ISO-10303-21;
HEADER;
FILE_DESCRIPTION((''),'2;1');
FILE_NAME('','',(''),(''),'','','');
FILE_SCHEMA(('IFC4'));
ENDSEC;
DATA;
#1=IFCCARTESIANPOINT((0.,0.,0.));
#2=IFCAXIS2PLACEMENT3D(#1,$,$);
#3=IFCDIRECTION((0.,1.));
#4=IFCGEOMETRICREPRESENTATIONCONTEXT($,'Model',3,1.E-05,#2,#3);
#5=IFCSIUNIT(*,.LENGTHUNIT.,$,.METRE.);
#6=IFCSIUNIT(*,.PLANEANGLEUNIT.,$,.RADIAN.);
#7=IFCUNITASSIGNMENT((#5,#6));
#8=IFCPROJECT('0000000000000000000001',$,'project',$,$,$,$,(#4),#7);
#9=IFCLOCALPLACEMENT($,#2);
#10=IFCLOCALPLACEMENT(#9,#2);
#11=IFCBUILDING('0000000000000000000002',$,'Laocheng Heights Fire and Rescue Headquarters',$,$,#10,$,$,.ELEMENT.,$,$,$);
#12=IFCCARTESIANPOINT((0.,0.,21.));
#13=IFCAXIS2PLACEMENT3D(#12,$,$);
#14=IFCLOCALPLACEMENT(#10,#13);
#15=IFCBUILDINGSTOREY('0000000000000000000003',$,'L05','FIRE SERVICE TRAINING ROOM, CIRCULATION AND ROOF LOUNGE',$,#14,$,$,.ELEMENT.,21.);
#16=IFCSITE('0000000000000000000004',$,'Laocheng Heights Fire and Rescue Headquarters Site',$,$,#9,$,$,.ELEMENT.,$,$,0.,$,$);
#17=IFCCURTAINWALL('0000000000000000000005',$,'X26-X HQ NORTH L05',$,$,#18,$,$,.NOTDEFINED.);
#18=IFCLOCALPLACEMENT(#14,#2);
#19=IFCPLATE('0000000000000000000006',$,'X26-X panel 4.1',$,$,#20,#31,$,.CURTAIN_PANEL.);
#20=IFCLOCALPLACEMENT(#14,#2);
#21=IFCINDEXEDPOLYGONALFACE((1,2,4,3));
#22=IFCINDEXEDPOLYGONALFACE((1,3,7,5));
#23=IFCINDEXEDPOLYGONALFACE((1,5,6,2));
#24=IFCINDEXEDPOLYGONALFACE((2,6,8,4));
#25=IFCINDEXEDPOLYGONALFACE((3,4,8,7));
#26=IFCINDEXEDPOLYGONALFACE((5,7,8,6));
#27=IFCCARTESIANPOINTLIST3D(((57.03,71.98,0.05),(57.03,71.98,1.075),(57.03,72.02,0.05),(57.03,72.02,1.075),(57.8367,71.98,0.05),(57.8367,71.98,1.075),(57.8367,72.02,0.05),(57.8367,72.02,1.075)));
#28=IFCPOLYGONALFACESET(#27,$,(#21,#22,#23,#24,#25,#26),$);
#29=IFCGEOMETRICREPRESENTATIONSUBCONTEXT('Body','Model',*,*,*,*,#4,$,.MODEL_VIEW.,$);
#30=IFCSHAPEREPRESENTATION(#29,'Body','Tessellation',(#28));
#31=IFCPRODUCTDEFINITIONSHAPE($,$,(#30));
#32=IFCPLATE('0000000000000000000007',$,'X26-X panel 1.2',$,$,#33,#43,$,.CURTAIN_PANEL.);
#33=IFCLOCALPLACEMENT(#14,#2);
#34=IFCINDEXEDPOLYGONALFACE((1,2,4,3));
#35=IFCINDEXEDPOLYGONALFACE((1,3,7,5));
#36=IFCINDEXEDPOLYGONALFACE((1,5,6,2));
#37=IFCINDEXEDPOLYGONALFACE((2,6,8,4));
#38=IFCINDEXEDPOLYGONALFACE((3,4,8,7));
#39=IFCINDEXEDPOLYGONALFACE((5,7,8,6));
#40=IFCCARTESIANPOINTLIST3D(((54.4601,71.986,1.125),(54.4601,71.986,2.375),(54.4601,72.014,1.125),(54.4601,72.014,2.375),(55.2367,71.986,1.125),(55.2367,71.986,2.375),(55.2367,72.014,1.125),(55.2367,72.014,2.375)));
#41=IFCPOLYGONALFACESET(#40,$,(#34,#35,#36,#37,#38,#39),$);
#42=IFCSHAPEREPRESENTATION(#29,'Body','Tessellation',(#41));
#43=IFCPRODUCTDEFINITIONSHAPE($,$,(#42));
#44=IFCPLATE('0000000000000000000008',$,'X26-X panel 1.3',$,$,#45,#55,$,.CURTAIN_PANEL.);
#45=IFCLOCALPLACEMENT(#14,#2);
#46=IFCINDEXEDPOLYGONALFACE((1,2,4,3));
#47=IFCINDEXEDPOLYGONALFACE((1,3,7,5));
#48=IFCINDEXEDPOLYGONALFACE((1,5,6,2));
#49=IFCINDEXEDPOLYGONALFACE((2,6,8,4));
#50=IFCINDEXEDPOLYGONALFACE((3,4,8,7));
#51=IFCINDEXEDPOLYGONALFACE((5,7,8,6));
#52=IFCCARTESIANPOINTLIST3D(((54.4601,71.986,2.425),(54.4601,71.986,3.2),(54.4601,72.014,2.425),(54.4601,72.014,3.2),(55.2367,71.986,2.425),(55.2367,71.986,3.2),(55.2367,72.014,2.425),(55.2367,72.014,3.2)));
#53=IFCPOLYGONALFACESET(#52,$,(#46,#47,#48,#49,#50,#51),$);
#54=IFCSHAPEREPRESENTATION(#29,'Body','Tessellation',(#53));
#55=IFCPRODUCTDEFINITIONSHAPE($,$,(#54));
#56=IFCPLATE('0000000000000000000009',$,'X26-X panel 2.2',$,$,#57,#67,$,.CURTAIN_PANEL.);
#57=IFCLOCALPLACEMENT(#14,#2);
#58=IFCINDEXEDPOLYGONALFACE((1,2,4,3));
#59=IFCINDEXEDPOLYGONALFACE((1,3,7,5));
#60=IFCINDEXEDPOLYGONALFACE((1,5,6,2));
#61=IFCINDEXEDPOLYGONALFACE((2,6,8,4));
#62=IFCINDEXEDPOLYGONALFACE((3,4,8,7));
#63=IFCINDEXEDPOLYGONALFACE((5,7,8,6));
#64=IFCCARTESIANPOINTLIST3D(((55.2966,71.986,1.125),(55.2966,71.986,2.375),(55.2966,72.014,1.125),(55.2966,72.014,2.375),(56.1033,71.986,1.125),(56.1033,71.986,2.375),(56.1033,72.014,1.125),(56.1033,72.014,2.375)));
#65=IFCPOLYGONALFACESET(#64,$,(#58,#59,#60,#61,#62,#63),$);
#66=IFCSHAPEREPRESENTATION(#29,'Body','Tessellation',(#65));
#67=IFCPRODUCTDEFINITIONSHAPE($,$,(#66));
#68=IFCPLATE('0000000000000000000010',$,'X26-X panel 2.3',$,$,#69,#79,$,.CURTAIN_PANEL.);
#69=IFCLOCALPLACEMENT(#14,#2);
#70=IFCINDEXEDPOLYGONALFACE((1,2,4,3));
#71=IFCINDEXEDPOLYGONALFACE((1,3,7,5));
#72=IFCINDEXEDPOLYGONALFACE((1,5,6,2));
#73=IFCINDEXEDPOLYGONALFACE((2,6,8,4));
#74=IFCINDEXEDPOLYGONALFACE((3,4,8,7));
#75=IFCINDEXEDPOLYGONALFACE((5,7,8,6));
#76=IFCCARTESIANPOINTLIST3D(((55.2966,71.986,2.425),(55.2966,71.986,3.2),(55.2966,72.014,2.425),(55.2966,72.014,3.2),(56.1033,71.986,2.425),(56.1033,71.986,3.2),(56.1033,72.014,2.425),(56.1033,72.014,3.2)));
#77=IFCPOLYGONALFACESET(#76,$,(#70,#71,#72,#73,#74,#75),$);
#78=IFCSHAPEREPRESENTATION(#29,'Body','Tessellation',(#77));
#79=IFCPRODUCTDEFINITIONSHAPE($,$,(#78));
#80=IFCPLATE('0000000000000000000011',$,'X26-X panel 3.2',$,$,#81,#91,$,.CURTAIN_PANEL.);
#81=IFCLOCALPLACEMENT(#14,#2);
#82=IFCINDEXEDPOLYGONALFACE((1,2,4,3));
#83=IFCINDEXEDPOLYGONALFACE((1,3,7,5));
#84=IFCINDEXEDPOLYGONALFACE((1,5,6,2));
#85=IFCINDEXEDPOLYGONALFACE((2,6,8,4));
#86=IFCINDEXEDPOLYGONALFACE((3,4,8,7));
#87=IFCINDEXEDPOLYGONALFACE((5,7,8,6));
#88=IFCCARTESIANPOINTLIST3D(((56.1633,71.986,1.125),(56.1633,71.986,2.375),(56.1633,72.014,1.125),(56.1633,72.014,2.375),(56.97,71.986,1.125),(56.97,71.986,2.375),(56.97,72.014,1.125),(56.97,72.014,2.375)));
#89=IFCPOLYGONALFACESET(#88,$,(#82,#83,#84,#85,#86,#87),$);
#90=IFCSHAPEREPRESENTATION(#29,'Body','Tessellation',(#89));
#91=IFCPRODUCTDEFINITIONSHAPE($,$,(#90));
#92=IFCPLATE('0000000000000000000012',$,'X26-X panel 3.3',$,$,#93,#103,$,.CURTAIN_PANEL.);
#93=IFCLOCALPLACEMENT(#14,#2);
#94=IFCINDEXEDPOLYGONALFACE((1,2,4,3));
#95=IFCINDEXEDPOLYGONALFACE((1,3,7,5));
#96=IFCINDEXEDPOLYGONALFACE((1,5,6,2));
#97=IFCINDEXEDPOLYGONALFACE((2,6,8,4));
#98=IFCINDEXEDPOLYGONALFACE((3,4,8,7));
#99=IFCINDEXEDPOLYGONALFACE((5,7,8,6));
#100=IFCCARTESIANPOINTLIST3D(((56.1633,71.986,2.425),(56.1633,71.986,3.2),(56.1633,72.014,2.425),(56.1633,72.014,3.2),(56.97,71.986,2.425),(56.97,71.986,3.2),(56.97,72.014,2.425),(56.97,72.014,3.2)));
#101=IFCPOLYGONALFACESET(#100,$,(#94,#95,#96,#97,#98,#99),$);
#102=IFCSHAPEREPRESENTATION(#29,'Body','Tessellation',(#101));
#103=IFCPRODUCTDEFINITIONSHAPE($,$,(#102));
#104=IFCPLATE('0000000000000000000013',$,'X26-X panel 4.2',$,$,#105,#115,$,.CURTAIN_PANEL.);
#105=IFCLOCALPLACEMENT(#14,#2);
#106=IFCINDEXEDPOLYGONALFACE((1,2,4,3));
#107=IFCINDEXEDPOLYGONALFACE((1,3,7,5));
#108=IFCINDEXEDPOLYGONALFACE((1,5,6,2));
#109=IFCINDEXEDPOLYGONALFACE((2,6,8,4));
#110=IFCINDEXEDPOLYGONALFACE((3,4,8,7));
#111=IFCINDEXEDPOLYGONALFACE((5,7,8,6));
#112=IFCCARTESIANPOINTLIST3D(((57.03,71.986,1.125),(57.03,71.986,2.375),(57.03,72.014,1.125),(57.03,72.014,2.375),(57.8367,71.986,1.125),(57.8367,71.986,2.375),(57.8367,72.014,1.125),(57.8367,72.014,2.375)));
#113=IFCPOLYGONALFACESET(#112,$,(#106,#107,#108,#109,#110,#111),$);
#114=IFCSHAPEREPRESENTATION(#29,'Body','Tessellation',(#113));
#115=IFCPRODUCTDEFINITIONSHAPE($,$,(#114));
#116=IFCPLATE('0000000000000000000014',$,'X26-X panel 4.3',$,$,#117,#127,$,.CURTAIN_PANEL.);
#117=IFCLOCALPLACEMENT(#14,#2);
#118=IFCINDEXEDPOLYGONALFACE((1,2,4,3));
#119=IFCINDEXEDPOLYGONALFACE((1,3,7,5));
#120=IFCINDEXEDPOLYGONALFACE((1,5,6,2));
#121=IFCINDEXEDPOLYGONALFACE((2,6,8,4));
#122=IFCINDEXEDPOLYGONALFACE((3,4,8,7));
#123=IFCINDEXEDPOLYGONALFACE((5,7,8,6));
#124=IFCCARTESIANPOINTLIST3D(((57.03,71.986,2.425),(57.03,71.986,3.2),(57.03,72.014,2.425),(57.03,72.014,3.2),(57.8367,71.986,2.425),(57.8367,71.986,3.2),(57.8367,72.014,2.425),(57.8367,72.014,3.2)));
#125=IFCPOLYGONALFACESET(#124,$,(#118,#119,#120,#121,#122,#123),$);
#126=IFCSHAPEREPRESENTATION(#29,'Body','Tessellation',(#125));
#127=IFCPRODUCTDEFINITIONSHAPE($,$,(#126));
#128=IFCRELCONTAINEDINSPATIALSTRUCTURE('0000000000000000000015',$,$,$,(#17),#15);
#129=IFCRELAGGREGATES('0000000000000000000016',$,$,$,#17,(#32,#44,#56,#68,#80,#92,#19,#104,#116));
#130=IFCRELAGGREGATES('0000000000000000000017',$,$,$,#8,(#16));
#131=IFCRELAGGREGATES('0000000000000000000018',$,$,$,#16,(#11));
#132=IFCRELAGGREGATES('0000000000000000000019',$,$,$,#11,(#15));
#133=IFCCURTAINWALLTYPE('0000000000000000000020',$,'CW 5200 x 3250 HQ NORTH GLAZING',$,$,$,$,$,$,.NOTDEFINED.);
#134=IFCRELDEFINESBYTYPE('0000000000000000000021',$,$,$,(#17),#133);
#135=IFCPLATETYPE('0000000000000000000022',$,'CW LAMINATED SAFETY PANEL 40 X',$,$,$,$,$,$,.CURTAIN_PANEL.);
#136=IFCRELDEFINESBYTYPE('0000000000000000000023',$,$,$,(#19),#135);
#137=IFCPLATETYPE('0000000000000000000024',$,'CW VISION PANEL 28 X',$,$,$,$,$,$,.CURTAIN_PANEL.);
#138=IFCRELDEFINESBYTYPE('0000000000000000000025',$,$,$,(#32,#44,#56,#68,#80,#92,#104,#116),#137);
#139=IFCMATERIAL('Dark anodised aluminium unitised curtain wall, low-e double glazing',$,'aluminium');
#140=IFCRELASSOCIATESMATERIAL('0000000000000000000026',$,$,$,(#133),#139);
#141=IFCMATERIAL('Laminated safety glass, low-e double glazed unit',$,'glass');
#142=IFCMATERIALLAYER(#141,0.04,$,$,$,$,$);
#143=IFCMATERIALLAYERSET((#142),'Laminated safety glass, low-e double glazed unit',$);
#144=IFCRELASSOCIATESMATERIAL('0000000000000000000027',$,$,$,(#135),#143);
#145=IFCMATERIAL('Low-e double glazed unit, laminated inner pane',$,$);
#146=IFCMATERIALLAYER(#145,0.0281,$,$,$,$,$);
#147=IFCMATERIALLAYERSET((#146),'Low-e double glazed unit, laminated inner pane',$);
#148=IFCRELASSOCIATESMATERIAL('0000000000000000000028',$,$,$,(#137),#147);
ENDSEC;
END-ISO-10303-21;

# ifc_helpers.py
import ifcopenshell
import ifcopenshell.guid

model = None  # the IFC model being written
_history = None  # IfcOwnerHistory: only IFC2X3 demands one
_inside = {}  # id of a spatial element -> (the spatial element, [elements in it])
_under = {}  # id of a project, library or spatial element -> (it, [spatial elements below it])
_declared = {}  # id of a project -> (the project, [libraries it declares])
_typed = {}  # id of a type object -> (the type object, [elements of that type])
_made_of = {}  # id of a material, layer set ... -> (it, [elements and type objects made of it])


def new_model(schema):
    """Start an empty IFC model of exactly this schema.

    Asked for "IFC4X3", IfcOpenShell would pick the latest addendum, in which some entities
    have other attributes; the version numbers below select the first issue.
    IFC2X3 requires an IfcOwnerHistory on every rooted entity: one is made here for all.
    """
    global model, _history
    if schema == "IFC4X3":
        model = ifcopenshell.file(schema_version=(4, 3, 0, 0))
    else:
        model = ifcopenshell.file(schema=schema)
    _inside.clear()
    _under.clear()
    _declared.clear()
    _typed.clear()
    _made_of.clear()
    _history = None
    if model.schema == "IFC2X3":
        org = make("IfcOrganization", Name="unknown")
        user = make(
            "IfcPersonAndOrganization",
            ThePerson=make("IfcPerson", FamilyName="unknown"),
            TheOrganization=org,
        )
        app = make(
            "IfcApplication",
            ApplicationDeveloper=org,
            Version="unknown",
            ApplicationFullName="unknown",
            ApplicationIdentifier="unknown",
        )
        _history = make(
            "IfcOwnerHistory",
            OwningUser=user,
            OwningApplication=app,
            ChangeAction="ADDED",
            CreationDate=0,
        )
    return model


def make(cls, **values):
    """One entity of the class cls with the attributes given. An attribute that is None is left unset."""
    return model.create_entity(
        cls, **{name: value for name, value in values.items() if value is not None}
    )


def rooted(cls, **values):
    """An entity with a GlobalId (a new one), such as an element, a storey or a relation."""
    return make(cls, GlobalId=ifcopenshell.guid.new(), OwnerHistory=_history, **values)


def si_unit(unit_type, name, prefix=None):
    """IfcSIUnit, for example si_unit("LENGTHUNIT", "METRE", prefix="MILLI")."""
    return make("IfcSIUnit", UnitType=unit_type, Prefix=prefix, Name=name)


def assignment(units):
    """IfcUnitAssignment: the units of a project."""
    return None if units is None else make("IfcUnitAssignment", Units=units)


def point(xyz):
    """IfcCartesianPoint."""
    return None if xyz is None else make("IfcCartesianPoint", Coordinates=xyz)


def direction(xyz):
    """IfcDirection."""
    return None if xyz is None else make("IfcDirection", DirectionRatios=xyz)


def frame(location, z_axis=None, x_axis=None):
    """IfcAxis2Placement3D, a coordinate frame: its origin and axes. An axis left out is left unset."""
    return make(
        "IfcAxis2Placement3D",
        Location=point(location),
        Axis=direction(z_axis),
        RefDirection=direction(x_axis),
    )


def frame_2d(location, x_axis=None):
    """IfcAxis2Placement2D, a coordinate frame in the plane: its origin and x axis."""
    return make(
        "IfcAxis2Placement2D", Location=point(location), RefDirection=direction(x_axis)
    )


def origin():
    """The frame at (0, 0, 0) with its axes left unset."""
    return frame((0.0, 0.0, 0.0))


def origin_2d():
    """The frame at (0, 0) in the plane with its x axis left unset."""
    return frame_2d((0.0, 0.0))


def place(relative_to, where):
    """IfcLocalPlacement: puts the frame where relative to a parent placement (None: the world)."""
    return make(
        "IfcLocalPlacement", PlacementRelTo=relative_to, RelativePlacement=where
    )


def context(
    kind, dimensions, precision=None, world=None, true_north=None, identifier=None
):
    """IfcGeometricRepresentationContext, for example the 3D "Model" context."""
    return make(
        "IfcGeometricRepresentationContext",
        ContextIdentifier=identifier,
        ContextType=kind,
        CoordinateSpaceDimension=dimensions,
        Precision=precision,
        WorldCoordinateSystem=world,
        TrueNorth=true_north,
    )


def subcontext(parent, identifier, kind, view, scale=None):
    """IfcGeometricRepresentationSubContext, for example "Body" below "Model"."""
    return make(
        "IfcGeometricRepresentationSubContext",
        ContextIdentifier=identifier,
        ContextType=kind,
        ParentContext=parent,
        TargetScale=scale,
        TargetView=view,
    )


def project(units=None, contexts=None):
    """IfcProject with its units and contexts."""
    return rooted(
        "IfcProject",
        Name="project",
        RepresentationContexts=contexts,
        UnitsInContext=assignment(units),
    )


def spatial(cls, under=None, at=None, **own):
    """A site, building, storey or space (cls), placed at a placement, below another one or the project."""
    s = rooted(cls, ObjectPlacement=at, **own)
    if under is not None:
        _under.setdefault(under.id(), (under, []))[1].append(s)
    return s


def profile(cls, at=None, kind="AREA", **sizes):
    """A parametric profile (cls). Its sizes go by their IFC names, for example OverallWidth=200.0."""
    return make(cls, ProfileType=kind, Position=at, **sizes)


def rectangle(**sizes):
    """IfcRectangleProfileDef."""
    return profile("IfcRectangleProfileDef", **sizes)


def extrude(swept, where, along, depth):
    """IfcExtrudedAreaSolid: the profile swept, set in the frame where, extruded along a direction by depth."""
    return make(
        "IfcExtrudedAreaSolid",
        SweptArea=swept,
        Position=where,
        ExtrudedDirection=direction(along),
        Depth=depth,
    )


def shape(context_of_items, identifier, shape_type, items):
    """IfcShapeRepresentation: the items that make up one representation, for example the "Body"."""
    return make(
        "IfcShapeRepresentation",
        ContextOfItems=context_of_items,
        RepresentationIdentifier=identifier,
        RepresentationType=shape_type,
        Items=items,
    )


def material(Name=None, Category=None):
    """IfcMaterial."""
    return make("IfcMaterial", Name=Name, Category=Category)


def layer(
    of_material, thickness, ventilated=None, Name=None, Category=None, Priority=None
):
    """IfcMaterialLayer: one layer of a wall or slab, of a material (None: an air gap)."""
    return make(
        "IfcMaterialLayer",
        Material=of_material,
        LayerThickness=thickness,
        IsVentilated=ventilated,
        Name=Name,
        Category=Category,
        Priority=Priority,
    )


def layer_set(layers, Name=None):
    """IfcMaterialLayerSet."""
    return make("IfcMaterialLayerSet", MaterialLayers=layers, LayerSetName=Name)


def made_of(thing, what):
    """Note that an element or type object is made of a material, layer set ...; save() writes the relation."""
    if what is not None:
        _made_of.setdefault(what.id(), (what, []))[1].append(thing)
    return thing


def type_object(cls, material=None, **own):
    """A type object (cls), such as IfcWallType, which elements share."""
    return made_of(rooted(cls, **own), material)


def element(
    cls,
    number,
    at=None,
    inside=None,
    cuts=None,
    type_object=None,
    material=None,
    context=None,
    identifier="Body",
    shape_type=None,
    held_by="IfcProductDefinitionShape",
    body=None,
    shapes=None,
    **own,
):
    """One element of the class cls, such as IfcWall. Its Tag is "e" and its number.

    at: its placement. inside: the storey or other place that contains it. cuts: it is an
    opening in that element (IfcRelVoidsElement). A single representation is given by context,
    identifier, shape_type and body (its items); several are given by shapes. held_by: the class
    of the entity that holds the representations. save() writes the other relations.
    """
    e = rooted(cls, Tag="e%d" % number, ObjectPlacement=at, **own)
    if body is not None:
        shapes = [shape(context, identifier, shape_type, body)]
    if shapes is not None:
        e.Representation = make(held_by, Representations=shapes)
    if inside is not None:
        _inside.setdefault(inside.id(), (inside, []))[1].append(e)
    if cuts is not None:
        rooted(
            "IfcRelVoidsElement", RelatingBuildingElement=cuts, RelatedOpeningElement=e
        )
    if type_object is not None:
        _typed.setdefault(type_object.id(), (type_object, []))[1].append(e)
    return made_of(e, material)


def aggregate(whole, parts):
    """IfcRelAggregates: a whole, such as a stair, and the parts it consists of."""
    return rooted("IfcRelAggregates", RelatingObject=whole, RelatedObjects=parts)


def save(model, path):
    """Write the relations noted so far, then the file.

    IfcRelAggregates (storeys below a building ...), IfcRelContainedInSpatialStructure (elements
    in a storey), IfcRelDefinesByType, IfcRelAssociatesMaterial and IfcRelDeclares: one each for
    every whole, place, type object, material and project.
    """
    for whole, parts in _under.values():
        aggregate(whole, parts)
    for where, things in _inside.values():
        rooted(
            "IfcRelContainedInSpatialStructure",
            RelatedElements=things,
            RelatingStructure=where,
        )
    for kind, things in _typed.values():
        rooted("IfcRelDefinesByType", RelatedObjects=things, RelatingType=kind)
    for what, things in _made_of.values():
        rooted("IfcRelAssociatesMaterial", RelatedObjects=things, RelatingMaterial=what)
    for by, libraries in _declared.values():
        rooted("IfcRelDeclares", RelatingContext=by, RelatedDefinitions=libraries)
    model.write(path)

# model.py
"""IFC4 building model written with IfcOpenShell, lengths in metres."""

from ifc_helpers import new_model, si_unit, direction, frame, origin, origin_2d, place, context, subcontext, project, spatial, rectangle, extrude, material, layer, layer_set, type_object, element, aggregate, save


model = new_model("IFC4")

# Units and contexts
model_context = context("Model", 3, precision=1e-05, world=origin(), true_north=direction((0.0, 1.0)))
body_context = subcontext(model_context, "Body", "Model", "MODEL_VIEW")
ifc_project = project(units=[si_unit("LENGTHUNIT", "METRE"), si_unit("PLANEANGLEUNIT", "RADIAN")], contexts=[model_context])

# Site, building, storey
site_placement = place(None, origin())
site = spatial("IfcSite", under=ifc_project, at=site_placement, Name="Laocheng Heights Fire and Rescue Headquarters Site", CompositionType="ELEMENT", RefElevation=0.0)
building_placement = place(site_placement, origin())
building = spatial("IfcBuilding", under=site, at=building_placement, Name="Laocheng Heights Fire and Rescue Headquarters", CompositionType="ELEMENT")
storey_placement = place(building_placement, frame((0.0, 0.0, 21.0)))
storey = spatial("IfcBuildingStorey", under=building, at=storey_placement, Name="L05", Description="FIRE SERVICE TRAINING ROOM, CIRCULATION AND ROOF LOUNGE", CompositionType="ELEMENT", Elevation=21.0)

# Curtain wall, plates
ifc_material_1 = material(Name="Dark anodised aluminium unitised curtain wall, low-e double glazing", Category="aluminium")
curtain_wall_type = type_object("IfcCurtainWallType", Name="CW 5200 x 3250 HQ NORTH GLAZING", PredefinedType="NOTDEFINED", material=ifc_material_1)
curtain_wall_placement = place(storey_placement, origin())
curtain_wall = element("IfcCurtainWall", 1, at=curtain_wall_placement, inside=storey, type_object=curtain_wall_type, Name="X26-X HQ NORTH L05", PredefinedType="NOTDEFINED")
ifc_material_2 = material(Name="Laminated safety glass, low-e double glazed unit", Category="glass")
ifc_layer_1 = layer(ifc_material_2, 0.04)
ifc_layer_set_1 = layer_set([ifc_layer_1], Name="Laminated safety glass, low-e double glazed unit")
plate_type_1 = type_object("IfcPlateType", Name="CW LAMINATED SAFETY PANEL 40 X", PredefinedType="CURTAIN_PANEL", material=ifc_layer_set_1)
plate_1_placement = place(storey_placement, frame((57.4333, 72.0, 0.05), z_axis=(0.0, 0.0, 1.0), x_axis=(1.0, 0.0, 0.0)))
plate_1 = element("IfcPlate", 2, at=plate_1_placement, type_object=plate_type_1, Name="X26-X panel 4.1", PredefinedType="CURTAIN_PANEL", context=body_context, shape_type="SweptSolid", body=[
    extrude(rectangle(XDim=0.8066, YDim=0.04, at=origin_2d()), origin(), (0.0, 0.0, 1.0), 1.0249),
])
ifc_material_3 = material(Name="Low-e double glazed unit, laminated inner pane")
ifc_layer_2 = layer(ifc_material_3, 0.0281)
ifc_layer_set_2 = layer_set([ifc_layer_2], Name="Low-e double glazed unit, laminated inner pane")
plate_type_2 = type_object("IfcPlateType", Name="CW VISION PANEL 28 X", PredefinedType="CURTAIN_PANEL", material=ifc_layer_set_2)
plate_2_placement = place(storey_placement, frame((54.8484, 72.0, 1.125), z_axis=(0.0, 0.0, 1.0), x_axis=(1.0, 0.0, 0.0)))
plate_2 = element("IfcPlate", 3, at=plate_2_placement, type_object=plate_type_2, Name="X26-X panel 1.2", PredefinedType="CURTAIN_PANEL", context=body_context, shape_type="SweptSolid", body=[
    extrude(rectangle(XDim=0.7766, YDim=0.0281, at=origin_2d()), origin(), (0.0, 0.0, 1.0), 1.25),
])
plate_3_placement = place(storey_placement, frame((54.8484, 72.0, 2.425), z_axis=(0.0, 0.0, 1.0), x_axis=(1.0, 0.0, 0.0)))
plate_3 = element("IfcPlate", 4, at=plate_3_placement, type_object=plate_type_2, Name="X26-X panel 1.3", PredefinedType="CURTAIN_PANEL", context=body_context, shape_type="SweptSolid", body=[
    extrude(rectangle(XDim=0.7766, YDim=0.0281, at=origin_2d()), origin(), (0.0, 0.0, 1.0), 0.7749),
])
plate_4_placement = place(storey_placement, frame((55.7, 72.0, 1.125), z_axis=(0.0, 0.0, 1.0), x_axis=(1.0, 0.0, 0.0)))
plate_4 = element("IfcPlate", 5, at=plate_4_placement, type_object=plate_type_2, Name="X26-X panel 2.2", PredefinedType="CURTAIN_PANEL", context=body_context, shape_type="SweptSolid", body=[
    extrude(rectangle(XDim=0.8066, YDim=0.0281, at=origin_2d()), origin(), (0.0, 0.0, 1.0), 1.25),
])
plate_5_placement = place(storey_placement, frame((55.7, 72.0, 2.425), z_axis=(0.0, 0.0, 1.0), x_axis=(1.0, 0.0, 0.0)))
plate_5 = element("IfcPlate", 6, at=plate_5_placement, type_object=plate_type_2, Name="X26-X panel 2.3", PredefinedType="CURTAIN_PANEL", context=body_context, shape_type="SweptSolid", body=[
    extrude(rectangle(XDim=0.8066, YDim=0.0281, at=origin_2d()), origin(), (0.0, 0.0, 1.0), 0.7749),
])
plate_6_placement = place(storey_placement, frame((56.5667, 72.0, 1.125), z_axis=(0.0, 0.0, 1.0), x_axis=(1.0, 0.0, 0.0)))
plate_6 = element("IfcPlate", 7, at=plate_6_placement, type_object=plate_type_2, Name="X26-X panel 3.2", PredefinedType="CURTAIN_PANEL", context=body_context, shape_type="SweptSolid", body=[
    extrude(rectangle(XDim=0.8066, YDim=0.0281, at=origin_2d()), origin(), (0.0, 0.0, 1.0), 1.25),
])
plate_7_placement = place(storey_placement, frame((56.5667, 72.0, 2.425), z_axis=(0.0, 0.0, 1.0), x_axis=(1.0, 0.0, 0.0)))
plate_7 = element("IfcPlate", 8, at=plate_7_placement, type_object=plate_type_2, Name="X26-X panel 3.3", PredefinedType="CURTAIN_PANEL", context=body_context, shape_type="SweptSolid", body=[
    extrude(rectangle(XDim=0.8066, YDim=0.0281, at=origin_2d()), origin(), (0.0, 0.0, 1.0), 0.7749),
])
plate_8_placement = place(storey_placement, frame((57.4333, 72.0, 1.125), z_axis=(0.0, 0.0, 1.0), x_axis=(1.0, 0.0, 0.0)))
plate_8 = element("IfcPlate", 9, at=plate_8_placement, type_object=plate_type_2, Name="X26-X panel 4.2", PredefinedType="CURTAIN_PANEL", context=body_context, shape_type="SweptSolid", body=[
    extrude(rectangle(XDim=0.8066, YDim=0.0281, at=origin_2d()), origin(), (0.0, 0.0, 1.0), 1.25),
])
plate_9_placement = place(storey_placement, frame((57.4333, 72.0, 2.425), z_axis=(0.0, 0.0, 1.0), x_axis=(1.0, 0.0, 0.0)))
plate_9 = element("IfcPlate", 10, at=plate_9_placement, type_object=plate_type_2, Name="X26-X panel 4.3", PredefinedType="CURTAIN_PANEL", context=body_context, shape_type="SweptSolid", body=[
    extrude(rectangle(XDim=0.8066, YDim=0.0281, at=origin_2d()), origin(), (0.0, 0.0, 1.0), 0.7749),
])
aggregate(curtain_wall, [plate_2, plate_3, plate_4, plate_5, plate_6, plate_7, plate_1, plate_8, plate_9])

save(model, "model.ifc")
